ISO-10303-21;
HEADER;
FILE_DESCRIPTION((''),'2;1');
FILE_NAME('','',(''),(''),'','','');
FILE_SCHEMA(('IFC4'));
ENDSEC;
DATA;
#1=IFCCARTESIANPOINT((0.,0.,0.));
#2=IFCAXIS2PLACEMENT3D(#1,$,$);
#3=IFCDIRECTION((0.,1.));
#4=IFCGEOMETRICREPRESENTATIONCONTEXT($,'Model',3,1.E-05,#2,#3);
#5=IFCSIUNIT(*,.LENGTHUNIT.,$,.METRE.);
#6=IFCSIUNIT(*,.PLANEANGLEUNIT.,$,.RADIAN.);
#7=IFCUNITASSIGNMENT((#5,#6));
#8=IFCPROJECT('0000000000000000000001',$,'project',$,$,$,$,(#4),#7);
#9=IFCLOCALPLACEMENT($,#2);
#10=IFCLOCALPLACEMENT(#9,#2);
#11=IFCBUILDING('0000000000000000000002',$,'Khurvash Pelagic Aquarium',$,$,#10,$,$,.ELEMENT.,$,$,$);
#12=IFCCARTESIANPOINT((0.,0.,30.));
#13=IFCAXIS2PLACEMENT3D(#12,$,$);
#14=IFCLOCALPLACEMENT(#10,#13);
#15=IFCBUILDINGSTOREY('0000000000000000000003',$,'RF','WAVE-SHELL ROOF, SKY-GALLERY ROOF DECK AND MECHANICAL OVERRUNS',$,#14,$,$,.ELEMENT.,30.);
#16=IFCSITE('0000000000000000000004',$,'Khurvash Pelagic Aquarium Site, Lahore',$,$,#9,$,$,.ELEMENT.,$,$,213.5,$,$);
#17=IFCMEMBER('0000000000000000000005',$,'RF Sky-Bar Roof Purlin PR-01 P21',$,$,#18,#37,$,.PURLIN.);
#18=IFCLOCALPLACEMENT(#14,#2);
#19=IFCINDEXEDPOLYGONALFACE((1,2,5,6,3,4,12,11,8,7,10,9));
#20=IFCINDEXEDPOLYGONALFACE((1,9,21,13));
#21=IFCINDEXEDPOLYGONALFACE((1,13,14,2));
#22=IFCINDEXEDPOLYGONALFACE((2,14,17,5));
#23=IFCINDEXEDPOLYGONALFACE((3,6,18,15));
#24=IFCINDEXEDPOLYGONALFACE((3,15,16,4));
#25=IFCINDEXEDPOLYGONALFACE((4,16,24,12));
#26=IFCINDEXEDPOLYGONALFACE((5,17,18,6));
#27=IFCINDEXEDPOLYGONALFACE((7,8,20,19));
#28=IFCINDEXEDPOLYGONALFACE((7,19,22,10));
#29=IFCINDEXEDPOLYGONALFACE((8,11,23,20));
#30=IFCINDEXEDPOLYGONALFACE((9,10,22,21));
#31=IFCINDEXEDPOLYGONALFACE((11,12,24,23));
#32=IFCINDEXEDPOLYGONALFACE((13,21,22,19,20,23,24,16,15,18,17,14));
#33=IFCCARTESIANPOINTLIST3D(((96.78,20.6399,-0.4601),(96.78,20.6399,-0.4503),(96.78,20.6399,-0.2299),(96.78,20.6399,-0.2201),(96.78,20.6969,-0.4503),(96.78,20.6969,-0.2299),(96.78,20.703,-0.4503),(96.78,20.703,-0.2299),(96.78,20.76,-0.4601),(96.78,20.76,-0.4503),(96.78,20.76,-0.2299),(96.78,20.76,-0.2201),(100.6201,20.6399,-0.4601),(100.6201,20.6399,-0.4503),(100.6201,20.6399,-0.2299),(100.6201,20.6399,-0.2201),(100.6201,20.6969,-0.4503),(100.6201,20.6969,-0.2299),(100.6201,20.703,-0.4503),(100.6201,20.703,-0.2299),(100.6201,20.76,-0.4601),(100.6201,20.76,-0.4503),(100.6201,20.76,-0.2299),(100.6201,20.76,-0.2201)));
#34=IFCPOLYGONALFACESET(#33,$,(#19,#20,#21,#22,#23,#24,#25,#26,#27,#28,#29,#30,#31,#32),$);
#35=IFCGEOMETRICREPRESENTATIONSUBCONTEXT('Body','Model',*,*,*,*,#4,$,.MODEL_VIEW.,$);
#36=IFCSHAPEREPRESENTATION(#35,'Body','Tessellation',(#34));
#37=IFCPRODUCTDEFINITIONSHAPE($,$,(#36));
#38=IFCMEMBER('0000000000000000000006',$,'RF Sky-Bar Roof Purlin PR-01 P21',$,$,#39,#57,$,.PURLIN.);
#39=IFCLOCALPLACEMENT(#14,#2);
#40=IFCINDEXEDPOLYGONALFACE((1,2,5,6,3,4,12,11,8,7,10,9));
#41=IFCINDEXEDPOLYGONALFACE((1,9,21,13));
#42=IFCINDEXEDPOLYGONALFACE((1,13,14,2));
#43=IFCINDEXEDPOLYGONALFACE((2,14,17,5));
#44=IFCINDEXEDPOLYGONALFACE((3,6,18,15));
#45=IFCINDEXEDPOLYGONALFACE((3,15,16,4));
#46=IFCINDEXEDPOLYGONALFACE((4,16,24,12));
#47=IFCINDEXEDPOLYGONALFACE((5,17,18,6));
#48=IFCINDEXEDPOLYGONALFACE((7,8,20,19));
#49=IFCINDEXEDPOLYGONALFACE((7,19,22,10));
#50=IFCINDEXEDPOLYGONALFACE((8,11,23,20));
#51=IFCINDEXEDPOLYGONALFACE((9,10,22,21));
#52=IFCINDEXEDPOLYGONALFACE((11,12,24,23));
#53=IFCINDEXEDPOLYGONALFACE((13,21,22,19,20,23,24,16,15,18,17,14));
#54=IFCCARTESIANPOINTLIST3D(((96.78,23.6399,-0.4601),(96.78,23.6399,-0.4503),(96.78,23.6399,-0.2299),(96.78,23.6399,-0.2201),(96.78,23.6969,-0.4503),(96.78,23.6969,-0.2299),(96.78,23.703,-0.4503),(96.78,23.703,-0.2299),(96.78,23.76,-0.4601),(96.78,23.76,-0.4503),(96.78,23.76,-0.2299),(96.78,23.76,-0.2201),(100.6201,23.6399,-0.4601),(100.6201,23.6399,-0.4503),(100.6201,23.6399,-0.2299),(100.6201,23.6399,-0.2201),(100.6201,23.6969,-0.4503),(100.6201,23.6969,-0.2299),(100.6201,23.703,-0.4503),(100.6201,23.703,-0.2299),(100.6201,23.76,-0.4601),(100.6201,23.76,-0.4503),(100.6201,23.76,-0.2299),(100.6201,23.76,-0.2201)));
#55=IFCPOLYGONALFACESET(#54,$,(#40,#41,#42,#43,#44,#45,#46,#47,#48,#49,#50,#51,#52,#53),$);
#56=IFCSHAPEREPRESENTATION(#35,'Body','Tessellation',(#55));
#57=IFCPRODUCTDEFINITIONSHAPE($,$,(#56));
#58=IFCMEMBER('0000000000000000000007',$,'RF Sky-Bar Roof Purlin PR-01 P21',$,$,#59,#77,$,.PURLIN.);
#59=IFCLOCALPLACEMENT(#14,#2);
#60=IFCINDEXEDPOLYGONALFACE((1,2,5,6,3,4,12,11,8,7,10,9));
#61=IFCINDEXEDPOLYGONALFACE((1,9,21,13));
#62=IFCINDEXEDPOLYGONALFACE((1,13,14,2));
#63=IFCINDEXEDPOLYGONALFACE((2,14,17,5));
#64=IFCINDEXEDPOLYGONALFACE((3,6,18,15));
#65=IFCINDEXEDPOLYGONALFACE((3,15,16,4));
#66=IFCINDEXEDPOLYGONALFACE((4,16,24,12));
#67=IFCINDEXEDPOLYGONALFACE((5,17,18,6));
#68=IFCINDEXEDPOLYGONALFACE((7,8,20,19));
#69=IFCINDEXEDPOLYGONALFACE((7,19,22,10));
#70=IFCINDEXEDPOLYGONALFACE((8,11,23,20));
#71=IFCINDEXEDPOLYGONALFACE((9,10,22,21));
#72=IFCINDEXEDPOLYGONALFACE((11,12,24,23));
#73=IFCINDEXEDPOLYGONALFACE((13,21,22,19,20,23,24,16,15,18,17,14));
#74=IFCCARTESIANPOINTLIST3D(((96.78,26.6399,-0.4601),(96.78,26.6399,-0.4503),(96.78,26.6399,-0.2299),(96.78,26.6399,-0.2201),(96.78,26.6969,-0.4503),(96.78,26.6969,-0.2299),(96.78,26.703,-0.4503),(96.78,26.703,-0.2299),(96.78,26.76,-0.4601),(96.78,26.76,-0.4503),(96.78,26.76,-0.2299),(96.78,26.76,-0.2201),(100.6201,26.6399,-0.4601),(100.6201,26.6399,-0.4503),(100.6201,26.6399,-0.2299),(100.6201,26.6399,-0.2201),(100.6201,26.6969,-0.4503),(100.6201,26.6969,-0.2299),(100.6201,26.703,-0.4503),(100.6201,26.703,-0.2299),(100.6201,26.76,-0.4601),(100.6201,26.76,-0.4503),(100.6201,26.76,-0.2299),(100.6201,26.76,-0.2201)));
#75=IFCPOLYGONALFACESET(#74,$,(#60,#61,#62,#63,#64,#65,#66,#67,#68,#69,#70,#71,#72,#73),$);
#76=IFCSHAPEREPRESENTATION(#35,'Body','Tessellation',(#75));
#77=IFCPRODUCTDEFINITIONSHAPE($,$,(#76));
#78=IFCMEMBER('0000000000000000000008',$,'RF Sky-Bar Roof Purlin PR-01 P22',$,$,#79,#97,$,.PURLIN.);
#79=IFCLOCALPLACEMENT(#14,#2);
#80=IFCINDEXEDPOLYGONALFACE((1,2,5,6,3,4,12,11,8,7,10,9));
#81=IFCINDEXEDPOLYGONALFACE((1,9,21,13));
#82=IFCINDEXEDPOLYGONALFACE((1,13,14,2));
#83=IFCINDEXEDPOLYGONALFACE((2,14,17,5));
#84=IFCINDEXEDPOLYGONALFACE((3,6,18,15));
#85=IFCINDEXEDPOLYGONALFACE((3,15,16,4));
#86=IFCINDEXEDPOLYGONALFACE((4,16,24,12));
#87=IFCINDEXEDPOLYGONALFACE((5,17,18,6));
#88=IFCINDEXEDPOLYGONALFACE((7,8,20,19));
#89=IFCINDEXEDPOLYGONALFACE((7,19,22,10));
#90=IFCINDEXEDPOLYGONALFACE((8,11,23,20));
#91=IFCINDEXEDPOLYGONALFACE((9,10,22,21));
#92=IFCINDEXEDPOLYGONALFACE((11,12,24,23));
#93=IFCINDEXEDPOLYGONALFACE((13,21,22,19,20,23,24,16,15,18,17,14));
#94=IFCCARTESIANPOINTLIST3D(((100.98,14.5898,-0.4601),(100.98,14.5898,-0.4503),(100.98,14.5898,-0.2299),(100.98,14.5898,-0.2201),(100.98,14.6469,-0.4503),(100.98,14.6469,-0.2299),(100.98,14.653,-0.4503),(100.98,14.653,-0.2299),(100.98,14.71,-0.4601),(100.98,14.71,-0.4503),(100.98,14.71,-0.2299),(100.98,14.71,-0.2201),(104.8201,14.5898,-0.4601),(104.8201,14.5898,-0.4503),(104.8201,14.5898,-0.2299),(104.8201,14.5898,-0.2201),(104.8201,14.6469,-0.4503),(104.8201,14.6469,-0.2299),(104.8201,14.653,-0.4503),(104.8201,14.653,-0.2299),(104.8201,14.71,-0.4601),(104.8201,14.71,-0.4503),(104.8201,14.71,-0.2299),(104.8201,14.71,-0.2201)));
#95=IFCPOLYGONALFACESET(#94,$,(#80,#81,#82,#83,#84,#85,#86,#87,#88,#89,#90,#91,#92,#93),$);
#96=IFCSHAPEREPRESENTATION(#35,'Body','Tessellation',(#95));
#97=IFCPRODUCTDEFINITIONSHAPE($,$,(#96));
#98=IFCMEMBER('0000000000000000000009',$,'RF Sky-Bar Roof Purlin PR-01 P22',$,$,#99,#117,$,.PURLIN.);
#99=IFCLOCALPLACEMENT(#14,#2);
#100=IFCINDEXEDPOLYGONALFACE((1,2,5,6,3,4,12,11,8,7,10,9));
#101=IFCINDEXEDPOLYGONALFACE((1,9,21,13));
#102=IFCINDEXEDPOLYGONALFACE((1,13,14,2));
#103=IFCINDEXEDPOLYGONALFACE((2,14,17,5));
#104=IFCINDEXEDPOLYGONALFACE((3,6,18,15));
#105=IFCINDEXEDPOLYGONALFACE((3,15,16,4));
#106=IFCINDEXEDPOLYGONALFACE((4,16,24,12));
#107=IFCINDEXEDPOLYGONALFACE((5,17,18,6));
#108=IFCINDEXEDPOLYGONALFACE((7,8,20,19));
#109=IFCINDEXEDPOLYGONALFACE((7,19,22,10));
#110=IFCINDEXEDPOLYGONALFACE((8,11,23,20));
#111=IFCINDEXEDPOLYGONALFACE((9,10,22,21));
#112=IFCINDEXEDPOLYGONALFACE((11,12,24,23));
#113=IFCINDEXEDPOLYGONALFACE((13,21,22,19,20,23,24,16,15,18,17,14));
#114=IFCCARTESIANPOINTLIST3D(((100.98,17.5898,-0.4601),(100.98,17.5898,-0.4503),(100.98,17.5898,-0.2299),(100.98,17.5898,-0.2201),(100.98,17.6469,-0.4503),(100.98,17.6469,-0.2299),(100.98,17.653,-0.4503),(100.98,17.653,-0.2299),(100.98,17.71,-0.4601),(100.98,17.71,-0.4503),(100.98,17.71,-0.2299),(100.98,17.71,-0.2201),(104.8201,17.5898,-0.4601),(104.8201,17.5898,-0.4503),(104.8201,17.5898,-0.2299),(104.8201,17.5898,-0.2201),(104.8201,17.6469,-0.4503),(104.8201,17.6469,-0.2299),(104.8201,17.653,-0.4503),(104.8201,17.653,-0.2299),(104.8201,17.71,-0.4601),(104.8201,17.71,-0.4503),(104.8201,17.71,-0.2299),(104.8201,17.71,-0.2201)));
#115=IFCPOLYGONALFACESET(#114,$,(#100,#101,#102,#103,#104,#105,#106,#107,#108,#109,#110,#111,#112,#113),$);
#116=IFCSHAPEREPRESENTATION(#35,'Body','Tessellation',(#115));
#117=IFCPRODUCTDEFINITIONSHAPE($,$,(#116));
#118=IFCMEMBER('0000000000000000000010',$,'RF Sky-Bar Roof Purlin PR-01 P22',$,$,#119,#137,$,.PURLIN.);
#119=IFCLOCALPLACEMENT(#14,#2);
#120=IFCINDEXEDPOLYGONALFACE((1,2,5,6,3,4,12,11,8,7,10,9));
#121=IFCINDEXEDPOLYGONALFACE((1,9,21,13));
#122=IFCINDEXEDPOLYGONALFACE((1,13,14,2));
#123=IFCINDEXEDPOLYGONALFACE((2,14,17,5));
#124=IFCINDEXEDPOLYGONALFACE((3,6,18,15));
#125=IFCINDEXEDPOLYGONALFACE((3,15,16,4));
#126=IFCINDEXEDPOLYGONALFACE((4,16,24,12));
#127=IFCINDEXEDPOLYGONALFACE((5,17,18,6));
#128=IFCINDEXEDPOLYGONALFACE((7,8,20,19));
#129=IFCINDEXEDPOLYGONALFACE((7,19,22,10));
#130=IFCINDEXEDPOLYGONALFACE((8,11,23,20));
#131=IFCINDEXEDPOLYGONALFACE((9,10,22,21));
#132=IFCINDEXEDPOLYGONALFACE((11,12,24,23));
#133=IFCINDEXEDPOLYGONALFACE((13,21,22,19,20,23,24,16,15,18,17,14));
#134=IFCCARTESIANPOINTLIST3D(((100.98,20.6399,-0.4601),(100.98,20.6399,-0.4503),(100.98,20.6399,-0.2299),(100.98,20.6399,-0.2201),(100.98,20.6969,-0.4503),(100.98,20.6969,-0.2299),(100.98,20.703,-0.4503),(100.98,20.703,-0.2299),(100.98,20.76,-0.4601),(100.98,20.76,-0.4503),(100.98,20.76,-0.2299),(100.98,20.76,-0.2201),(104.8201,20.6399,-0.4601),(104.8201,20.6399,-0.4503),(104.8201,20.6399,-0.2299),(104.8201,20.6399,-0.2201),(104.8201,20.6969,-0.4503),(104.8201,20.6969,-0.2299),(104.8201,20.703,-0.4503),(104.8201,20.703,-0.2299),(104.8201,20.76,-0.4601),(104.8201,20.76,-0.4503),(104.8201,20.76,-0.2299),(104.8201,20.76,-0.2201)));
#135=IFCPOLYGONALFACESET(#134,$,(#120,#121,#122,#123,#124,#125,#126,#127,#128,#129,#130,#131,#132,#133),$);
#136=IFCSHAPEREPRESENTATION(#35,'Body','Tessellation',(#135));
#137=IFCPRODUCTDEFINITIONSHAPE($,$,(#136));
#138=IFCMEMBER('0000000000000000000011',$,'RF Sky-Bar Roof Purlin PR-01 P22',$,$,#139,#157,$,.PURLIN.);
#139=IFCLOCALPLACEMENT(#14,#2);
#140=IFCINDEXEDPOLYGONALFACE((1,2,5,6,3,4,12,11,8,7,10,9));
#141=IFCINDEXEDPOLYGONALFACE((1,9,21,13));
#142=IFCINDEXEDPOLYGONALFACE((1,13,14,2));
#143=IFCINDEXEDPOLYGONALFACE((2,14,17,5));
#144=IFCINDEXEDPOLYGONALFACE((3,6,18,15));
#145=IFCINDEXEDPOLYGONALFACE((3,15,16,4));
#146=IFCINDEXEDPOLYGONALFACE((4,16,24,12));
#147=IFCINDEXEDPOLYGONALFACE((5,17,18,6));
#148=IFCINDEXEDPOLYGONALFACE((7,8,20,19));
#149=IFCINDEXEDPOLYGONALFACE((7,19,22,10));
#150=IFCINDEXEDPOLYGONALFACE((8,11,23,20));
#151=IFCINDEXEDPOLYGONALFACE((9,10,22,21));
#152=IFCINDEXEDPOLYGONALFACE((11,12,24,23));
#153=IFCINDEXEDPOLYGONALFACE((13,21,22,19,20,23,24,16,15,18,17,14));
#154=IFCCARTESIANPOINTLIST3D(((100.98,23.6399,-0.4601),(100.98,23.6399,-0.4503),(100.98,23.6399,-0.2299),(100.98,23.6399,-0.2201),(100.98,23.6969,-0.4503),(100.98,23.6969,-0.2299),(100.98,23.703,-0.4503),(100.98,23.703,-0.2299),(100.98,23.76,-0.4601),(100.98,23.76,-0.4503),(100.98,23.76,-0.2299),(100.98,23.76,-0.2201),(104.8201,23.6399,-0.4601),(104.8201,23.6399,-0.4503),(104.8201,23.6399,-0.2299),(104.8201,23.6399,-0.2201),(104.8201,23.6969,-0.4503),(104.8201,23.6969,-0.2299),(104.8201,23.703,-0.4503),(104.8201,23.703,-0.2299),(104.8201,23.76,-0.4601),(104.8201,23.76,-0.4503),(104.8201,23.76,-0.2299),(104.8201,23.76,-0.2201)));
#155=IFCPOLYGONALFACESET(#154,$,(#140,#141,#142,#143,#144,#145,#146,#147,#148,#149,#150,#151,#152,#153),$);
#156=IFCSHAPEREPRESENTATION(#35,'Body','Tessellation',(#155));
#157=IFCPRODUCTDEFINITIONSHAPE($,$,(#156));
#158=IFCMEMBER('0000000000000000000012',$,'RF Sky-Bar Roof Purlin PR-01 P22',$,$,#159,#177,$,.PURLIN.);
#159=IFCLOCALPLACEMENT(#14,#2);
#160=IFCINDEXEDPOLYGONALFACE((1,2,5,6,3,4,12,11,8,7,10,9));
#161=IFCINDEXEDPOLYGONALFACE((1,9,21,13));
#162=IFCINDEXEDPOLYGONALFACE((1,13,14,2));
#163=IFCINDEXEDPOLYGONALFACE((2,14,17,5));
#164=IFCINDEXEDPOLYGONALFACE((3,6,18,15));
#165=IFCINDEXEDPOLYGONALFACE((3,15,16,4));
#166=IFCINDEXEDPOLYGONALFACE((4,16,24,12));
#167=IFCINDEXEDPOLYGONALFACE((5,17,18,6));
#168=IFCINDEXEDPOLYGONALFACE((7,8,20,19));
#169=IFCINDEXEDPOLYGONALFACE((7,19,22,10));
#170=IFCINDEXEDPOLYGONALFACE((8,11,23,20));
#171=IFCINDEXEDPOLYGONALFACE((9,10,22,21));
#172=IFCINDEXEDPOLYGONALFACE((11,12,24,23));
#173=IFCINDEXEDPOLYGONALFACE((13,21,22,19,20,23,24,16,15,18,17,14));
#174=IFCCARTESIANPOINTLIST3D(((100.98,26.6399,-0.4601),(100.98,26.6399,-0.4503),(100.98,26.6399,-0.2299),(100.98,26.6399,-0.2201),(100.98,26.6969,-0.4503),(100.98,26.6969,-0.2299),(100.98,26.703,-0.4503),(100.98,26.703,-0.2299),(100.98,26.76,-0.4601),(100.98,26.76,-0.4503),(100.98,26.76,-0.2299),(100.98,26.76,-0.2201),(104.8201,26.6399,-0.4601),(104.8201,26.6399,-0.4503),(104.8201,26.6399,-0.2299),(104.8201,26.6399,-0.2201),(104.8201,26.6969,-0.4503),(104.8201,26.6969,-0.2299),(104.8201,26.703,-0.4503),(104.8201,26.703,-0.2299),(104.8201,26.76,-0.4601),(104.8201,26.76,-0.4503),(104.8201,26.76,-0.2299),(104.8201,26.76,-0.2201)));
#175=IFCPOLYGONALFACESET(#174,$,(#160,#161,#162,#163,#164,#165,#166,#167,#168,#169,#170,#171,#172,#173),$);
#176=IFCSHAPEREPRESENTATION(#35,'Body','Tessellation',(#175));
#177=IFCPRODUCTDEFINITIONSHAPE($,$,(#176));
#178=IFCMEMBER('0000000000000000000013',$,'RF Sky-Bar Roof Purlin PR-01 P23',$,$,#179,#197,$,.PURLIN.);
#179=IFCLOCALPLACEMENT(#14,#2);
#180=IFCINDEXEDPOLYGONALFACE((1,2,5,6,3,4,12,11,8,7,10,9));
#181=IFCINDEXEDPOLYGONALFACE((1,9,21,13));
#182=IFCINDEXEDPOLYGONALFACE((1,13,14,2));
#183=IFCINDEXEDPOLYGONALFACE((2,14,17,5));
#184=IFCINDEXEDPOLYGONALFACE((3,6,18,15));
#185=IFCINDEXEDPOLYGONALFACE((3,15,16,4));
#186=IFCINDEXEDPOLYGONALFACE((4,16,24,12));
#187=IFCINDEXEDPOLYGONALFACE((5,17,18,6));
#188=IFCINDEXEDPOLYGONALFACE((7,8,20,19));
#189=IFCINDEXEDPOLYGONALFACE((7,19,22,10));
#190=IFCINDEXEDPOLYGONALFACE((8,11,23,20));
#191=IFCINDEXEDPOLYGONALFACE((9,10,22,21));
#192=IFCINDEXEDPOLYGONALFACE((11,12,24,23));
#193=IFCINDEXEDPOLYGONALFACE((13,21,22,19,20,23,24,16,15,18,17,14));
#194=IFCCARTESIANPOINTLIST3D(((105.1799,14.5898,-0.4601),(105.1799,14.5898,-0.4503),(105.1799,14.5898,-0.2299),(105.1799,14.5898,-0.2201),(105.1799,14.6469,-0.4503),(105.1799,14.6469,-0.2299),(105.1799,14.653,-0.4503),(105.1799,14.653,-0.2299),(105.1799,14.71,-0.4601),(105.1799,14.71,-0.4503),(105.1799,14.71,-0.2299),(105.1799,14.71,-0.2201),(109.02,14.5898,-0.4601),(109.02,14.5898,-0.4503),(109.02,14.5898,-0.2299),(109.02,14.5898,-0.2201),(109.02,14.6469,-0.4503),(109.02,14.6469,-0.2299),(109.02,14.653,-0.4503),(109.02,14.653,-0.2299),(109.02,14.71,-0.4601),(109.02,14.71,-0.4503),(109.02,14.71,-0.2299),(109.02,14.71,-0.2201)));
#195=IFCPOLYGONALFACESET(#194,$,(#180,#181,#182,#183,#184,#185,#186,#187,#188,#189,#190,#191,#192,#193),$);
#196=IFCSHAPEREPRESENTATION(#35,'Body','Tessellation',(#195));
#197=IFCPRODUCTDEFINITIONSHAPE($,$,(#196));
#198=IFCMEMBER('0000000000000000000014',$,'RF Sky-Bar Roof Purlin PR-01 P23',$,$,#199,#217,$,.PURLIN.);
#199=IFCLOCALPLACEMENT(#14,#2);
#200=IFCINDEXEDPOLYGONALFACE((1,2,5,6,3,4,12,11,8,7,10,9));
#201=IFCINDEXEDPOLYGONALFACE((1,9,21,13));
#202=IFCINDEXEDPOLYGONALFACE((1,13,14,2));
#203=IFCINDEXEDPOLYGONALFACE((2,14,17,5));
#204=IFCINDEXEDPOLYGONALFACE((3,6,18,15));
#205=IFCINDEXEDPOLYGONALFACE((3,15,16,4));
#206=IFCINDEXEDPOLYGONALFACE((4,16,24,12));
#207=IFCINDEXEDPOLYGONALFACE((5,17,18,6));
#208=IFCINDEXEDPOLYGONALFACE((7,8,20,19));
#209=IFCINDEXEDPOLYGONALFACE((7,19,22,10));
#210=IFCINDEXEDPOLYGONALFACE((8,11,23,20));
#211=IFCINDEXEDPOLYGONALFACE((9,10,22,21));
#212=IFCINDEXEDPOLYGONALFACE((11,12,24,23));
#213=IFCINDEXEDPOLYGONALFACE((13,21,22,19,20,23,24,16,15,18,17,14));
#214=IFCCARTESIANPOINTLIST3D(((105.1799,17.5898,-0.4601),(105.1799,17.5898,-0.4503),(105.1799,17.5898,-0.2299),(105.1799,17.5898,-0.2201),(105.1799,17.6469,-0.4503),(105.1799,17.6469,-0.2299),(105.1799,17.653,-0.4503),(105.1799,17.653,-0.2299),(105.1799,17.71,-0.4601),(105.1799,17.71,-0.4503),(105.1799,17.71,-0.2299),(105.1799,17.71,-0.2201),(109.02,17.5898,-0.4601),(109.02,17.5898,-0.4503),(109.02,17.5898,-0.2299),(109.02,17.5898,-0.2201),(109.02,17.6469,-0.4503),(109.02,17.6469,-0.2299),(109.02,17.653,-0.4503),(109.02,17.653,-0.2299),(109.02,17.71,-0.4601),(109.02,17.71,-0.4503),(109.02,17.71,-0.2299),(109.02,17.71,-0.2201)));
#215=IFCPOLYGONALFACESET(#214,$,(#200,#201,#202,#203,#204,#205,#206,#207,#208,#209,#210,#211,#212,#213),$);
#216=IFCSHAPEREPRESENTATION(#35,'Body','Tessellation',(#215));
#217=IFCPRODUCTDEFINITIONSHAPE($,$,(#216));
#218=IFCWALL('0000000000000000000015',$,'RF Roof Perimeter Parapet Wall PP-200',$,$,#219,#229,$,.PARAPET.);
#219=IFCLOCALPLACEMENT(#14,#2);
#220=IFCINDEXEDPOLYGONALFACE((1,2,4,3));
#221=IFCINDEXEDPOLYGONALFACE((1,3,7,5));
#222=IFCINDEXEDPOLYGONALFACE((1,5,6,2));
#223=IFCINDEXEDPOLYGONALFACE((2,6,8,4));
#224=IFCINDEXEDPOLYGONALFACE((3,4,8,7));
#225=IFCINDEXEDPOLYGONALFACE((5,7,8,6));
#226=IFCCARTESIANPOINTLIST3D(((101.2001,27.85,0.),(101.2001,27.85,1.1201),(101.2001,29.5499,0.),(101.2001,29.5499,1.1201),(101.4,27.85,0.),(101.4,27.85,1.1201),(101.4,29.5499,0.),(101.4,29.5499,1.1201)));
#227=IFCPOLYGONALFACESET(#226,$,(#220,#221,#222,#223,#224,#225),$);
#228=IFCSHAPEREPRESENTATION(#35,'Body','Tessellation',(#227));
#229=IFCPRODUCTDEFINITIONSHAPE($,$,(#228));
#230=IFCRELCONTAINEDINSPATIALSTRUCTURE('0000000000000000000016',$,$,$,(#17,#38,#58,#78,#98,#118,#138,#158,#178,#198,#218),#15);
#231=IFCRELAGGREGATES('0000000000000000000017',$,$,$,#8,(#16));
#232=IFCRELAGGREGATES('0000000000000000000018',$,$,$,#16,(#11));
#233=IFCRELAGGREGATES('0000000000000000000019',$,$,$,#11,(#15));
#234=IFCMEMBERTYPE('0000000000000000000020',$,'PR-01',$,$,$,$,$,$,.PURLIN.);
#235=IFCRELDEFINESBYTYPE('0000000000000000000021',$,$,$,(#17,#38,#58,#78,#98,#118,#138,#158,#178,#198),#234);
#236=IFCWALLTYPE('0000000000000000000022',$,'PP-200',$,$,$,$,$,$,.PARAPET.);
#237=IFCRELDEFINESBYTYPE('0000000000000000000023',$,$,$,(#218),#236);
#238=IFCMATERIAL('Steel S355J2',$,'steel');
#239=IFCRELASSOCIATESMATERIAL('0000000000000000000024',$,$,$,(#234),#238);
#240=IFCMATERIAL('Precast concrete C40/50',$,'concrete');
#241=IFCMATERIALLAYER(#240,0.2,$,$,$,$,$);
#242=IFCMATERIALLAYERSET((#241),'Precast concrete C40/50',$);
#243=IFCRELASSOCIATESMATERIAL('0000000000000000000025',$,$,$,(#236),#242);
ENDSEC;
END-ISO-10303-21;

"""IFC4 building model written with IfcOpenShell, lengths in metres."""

from ifc_helpers import new_model, si_unit, direction, frame, frame_2d, origin, origin_2d, place, context, subcontext, project, spatial, rectangle, i_section, extrude, material, layer, layer_set, material_profile, profile_set, type_object, element, save


model = new_model("IFC4")

# Units and contexts
model_context = context("Model", 3, precision=1e-05, world=origin(), true_north=direction((0.0, 1.0)))
body_context = subcontext(model_context, "Body", "Model", "MODEL_VIEW")
ifc_project = project(units=[si_unit("LENGTHUNIT", "METRE"), si_unit("PLANEANGLEUNIT", "RADIAN")], contexts=[model_context])

# Site, building, storey
site_placement = place(None, origin())
site = spatial("IfcSite", under=ifc_project, at=site_placement, Name="Khurvash Pelagic Aquarium Site, Lahore", CompositionType="ELEMENT", RefElevation=213.5)
building_placement = place(site_placement, origin())
building = spatial("IfcBuilding", under=site, at=building_placement, Name="Khurvash Pelagic Aquarium", CompositionType="ELEMENT")
storey_placement = place(building_placement, frame((0.0, 0.0, 30.0)))
storey = spatial("IfcBuildingStorey", under=building, at=storey_placement, Name="RF", Description="WAVE-SHELL ROOF, SKY-GALLERY ROOF DECK AND MECHANICAL OVERRUNS", CompositionType="ELEMENT", Elevation=30.0)

# Members
ifc_material_1 = material(Name="Steel S355J2", Category="steel")
ifc_material_profile_1 = material_profile(ifc_material_1, i_section(OverallWidth=0.1201, OverallDepth=0.24, WebThickness=0.0061, FlangeThickness=0.0098, at=origin_2d()), Name="IPE240")
ifc_profile_set_1 = profile_set([ifc_material_profile_1], Name="Steel S355J2")
member_type = type_object("IfcMemberType", Name="PR-01", PredefinedType="PURLIN", material=ifc_profile_set_1)
for number, where, z_axis, x_axis, name in (
    (1, (96.78, 20.7, -0.3401), (1.0, 0.0, 0.0), (0.0, 1.0, 0.0), "RF Sky-Bar Roof Purlin PR-01 P21"),
    (2, (96.78, 23.7, -0.3401), (1.0, 0.0, 0.0), (0.0, 1.0, 0.0), "RF Sky-Bar Roof Purlin PR-01 P21"),
    (3, (96.78, 26.7, -0.3401), (1.0, 0.0, 0.0), (0.0, 1.0, 0.0), "RF Sky-Bar Roof Purlin PR-01 P21"),
    (4, (100.98, 14.6499, -0.3401), (1.0, 0.0, 0.0), (0.0, 1.0, 0.0), "RF Sky-Bar Roof Purlin PR-01 P22"),
    (5, (100.98, 17.6499, -0.3401), (1.0, 0.0, 0.0), (0.0, 1.0, 0.0), "RF Sky-Bar Roof Purlin PR-01 P22"),
    (6, (100.98, 20.7, -0.3401), (1.0, 0.0, 0.0), (0.0, 1.0, 0.0), "RF Sky-Bar Roof Purlin PR-01 P22"),
    (7, (100.98, 23.7, -0.3401), (1.0, 0.0, 0.0), (0.0, 1.0, 0.0), "RF Sky-Bar Roof Purlin PR-01 P22"),
    (8, (100.98, 26.7, -0.3401), (1.0, 0.0, 0.0), (0.0, 1.0, 0.0), "RF Sky-Bar Roof Purlin PR-01 P22"),
    (9, (105.1799, 14.6499, -0.3401), (1.0, 0.0, 0.0), (0.0, 1.0, 0.0), "RF Sky-Bar Roof Purlin PR-01 P23"),
    (10, (105.1799, 17.6499, -0.3401), (1.0, 0.0, 0.0), (0.0, 1.0, 0.0), "RF Sky-Bar Roof Purlin PR-01 P23"),
):
    element("IfcMember", number, at=place(storey_placement, frame(where, z_axis=z_axis, x_axis=x_axis)), inside=storey, type_object=member_type, Name=name, PredefinedType="PURLIN", context=body_context, shape_type="SweptSolid", body=[
        extrude(i_section(OverallWidth=0.1201, OverallDepth=0.24, WebThickness=0.0061, FlangeThickness=0.0098, at=origin_2d()), origin(), (0.0, 0.0, 1.0), 3.8401),
    ])

# Wall
ifc_material_2 = material(Name="Precast concrete C40/50", Category="concrete")
ifc_layer = layer(ifc_material_2, 0.2)
ifc_layer_set = layer_set([ifc_layer], Name="Precast concrete C40/50")
wall_type = type_object("IfcWallType", Name="PP-200", PredefinedType="PARAPET", material=ifc_layer_set)
wall_1_placement = place(storey_placement, frame((101.3, 29.55, 0.0), z_axis=(0.0, 0.0, 1.0), x_axis=(0.0, -1.0, 0.0)))
element("IfcWall", 11, at=wall_1_placement, inside=storey, type_object=wall_type, Name="RF Roof Perimeter Parapet Wall PP-200", PredefinedType="PARAPET", context=body_context, shape_type="SweptSolid", body=[
    extrude(rectangle(XDim=1.7, YDim=0.2, at=frame_2d((0.8501, 0.0))), origin(), (0.0, 0.0, 1.0), 1.1201),
])

save(model, "model.ifc")
